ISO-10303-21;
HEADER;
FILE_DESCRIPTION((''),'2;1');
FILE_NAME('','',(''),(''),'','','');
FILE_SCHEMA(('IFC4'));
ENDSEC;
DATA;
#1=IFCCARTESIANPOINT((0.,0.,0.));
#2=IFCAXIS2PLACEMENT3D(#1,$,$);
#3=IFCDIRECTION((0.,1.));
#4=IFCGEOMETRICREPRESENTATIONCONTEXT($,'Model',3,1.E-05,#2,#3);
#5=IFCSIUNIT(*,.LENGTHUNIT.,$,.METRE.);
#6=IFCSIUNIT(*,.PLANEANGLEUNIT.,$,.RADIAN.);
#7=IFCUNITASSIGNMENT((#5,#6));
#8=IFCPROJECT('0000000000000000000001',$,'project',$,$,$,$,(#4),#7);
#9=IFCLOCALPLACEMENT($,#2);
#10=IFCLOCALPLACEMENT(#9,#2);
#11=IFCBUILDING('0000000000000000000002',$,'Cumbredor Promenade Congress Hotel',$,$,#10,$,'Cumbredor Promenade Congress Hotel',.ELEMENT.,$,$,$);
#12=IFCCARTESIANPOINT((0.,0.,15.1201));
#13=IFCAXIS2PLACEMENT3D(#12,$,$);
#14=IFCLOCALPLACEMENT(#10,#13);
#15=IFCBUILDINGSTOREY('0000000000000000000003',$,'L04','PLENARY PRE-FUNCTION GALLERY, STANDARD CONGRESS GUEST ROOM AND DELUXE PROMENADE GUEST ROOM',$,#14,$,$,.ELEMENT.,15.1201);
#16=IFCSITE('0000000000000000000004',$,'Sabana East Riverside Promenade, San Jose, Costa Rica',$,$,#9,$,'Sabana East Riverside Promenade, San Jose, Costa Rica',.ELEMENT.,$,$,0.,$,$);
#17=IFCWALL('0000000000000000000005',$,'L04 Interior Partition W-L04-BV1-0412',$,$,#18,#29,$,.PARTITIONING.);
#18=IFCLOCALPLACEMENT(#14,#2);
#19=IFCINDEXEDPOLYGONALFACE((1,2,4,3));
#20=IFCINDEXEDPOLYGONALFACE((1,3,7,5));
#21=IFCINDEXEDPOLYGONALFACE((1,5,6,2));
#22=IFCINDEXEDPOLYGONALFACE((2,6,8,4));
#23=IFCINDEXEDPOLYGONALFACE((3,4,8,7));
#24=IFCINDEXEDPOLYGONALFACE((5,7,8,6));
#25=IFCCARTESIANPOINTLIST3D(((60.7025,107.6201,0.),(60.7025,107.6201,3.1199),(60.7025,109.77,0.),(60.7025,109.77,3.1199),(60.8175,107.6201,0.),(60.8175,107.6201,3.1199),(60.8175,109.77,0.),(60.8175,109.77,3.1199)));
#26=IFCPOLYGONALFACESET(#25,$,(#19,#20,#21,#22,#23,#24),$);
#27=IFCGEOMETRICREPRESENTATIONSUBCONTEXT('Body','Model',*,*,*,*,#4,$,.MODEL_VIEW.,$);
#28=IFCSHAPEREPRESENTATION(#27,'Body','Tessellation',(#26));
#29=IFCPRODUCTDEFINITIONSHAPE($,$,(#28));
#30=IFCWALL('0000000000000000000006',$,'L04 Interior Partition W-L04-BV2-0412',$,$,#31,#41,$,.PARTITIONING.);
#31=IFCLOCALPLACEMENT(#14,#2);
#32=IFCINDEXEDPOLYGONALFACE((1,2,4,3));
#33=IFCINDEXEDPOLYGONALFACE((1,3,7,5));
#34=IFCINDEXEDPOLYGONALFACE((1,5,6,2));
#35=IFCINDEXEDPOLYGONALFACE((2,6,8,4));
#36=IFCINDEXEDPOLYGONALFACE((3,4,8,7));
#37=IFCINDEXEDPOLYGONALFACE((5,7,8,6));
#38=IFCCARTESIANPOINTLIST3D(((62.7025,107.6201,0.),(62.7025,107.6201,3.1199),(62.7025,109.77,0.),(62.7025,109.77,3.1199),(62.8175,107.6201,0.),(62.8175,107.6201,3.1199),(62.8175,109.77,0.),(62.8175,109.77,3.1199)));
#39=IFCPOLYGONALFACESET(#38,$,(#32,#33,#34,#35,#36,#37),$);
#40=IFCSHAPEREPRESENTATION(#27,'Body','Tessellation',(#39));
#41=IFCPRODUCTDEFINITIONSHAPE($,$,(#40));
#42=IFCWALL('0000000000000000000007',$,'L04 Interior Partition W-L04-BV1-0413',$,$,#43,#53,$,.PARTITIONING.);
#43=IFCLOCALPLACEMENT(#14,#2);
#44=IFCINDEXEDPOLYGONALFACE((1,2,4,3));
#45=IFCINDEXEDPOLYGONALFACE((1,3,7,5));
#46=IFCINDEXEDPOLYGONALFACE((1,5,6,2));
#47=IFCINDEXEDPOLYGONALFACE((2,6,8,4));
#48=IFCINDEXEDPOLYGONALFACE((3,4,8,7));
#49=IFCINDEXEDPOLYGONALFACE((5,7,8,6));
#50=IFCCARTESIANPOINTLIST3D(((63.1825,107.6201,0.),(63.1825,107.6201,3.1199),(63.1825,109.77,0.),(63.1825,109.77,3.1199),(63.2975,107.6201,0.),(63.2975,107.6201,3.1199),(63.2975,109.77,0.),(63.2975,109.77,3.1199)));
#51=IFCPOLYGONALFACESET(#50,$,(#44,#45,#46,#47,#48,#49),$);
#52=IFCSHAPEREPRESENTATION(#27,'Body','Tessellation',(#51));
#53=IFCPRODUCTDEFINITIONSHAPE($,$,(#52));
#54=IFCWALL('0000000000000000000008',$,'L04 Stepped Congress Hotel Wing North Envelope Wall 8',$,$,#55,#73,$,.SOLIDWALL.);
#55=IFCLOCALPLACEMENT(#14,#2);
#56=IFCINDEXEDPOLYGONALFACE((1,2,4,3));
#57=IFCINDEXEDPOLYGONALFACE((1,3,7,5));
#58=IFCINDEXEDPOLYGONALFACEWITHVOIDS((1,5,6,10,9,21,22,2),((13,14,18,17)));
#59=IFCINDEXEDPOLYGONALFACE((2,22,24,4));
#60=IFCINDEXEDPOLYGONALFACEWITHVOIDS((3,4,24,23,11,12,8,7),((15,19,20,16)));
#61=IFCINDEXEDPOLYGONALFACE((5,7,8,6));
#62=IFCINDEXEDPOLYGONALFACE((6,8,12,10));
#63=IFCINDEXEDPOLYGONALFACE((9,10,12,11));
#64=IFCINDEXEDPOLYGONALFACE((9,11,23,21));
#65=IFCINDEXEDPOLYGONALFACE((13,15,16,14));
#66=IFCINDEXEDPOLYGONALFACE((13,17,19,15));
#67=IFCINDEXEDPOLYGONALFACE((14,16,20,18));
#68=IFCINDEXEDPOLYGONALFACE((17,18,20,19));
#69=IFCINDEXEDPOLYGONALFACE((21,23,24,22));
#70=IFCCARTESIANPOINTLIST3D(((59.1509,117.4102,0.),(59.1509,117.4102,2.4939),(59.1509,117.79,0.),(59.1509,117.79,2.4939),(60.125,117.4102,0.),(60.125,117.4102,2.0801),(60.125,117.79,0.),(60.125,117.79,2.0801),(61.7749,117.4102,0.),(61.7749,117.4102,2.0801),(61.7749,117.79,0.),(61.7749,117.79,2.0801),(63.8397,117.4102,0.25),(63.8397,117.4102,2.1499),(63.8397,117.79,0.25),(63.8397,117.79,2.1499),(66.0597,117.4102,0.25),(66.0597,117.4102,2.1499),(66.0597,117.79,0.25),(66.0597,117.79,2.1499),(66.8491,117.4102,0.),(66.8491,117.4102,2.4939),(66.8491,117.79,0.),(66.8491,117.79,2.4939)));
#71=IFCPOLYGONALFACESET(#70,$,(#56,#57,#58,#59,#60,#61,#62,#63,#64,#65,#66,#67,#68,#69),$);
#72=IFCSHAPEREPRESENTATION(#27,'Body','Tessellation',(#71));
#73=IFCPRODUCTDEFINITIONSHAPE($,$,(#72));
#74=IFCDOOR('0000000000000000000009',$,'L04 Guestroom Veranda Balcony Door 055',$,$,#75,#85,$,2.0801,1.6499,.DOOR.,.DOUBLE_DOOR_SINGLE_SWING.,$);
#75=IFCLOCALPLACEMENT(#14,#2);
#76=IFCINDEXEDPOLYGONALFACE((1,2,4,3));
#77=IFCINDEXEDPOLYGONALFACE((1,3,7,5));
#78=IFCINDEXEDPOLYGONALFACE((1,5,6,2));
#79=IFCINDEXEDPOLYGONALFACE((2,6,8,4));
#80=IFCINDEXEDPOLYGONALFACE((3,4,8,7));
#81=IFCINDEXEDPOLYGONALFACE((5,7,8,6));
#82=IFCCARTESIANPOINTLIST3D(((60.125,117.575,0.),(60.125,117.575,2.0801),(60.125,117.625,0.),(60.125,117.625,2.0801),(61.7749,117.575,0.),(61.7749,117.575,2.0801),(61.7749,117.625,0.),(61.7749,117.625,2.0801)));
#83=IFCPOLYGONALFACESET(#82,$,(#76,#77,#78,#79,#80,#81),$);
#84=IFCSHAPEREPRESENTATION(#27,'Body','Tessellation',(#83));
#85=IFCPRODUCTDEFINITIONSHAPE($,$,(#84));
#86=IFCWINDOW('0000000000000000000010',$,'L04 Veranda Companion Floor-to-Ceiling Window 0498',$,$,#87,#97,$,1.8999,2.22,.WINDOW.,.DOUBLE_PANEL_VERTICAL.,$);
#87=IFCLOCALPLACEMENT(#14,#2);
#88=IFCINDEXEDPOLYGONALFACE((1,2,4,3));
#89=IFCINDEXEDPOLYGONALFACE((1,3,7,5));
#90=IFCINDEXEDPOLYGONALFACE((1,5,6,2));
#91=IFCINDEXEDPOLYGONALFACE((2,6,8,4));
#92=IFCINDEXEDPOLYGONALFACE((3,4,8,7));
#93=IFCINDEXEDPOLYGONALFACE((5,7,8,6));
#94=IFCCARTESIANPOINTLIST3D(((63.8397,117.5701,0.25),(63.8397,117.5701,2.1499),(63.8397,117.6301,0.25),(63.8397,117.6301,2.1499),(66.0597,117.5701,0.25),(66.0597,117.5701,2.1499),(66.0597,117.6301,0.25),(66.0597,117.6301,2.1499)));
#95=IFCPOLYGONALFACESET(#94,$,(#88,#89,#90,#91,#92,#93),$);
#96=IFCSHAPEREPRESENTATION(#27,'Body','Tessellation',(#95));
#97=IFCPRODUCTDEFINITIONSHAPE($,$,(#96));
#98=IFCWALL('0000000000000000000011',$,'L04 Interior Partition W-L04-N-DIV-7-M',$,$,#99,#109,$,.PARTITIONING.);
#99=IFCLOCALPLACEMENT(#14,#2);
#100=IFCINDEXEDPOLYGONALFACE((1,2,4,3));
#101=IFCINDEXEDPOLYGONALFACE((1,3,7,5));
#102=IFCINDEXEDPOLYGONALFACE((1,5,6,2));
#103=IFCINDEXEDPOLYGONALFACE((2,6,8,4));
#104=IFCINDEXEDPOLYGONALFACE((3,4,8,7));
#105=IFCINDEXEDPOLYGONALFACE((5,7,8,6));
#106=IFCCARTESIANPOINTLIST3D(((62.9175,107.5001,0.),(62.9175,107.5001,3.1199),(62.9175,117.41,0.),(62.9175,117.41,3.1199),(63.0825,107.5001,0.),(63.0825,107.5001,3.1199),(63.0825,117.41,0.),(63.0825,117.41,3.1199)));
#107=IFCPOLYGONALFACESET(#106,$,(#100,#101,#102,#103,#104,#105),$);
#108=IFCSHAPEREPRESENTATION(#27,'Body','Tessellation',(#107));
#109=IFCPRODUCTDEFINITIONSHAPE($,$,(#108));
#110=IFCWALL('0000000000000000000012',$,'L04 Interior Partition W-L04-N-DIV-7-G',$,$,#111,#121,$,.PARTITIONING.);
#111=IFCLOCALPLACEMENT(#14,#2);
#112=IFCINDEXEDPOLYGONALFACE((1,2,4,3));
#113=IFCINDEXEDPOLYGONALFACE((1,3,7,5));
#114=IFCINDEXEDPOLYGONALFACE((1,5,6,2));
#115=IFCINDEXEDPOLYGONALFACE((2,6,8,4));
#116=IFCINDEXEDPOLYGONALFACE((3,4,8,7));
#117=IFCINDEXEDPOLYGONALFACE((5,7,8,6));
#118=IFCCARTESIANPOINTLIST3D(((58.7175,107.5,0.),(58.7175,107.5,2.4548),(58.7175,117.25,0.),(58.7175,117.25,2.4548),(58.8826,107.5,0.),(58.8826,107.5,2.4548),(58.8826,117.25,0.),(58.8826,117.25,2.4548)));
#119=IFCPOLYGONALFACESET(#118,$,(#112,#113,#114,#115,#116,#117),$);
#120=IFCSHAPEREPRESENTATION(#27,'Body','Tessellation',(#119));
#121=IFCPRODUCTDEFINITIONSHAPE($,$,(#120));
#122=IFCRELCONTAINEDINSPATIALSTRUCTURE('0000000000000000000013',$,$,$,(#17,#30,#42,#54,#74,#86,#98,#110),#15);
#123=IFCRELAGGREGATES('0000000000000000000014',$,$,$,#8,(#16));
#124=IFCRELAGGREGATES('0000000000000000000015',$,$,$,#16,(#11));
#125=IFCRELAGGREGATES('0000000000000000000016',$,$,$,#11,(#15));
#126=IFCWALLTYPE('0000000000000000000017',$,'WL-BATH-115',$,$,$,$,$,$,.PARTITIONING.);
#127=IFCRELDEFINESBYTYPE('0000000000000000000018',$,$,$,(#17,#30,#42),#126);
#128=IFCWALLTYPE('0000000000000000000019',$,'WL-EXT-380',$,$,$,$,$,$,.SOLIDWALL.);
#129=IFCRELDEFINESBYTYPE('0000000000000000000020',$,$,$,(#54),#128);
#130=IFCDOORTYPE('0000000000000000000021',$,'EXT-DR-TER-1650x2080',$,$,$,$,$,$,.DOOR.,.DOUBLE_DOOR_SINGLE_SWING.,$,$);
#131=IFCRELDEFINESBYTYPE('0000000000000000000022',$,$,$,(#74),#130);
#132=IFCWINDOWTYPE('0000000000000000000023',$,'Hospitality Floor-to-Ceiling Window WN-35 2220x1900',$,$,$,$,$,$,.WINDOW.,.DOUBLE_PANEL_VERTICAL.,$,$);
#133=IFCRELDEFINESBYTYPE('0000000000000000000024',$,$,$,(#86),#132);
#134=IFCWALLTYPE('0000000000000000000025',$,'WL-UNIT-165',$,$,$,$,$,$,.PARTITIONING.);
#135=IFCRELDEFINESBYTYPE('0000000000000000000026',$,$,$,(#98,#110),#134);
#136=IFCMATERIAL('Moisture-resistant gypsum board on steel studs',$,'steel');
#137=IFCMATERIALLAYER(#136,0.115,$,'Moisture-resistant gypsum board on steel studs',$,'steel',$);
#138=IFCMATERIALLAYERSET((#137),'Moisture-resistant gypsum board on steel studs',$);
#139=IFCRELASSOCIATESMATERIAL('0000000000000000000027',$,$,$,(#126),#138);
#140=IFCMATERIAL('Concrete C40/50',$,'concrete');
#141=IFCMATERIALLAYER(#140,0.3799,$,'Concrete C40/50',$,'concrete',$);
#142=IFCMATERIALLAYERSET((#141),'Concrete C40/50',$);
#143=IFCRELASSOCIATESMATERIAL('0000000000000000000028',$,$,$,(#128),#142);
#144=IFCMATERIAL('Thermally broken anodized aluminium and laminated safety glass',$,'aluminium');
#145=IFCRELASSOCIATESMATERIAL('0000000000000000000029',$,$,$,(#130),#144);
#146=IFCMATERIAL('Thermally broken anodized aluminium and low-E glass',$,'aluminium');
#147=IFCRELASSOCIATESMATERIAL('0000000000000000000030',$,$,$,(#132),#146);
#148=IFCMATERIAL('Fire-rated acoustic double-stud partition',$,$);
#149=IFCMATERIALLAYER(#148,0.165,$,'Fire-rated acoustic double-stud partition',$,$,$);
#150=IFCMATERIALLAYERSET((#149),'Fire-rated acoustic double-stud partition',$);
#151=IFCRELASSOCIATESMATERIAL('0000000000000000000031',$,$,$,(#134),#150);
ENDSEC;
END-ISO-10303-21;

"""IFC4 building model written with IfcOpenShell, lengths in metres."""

from ifc_helpers import new_model, si_unit, direction, frame, frame_2d, origin, place, context, subcontext, project, spatial, rectangle, extrude, material, layer, layer_set, type_object, element, fill, save


model = new_model("IFC4")

# Units and contexts
model_context = context("Model", 3, precision=1e-05, world=origin(), true_north=direction((0.0, 1.0)))
body_context = subcontext(model_context, "Body", "Model", "MODEL_VIEW")
ifc_project = project(units=[si_unit("LENGTHUNIT", "METRE"), si_unit("PLANEANGLEUNIT", "RADIAN")], contexts=[model_context])

# Site, building, storey
site_placement = place(None, origin())
site = spatial("IfcSite", under=ifc_project, at=site_placement, Name="Sabana East Riverside Promenade, San Jose, Costa Rica", LongName="Sabana East Riverside Promenade, San Jose, Costa Rica", CompositionType="ELEMENT", RefElevation=0.0)
building_placement = place(site_placement, origin())
building = spatial("IfcBuilding", under=site, at=building_placement, Name="Cumbredor Promenade Congress Hotel", LongName="Cumbredor Promenade Congress Hotel", CompositionType="ELEMENT")
storey_placement = place(building_placement, frame((0.0, 0.0, 15.1201)))
storey = spatial("IfcBuildingStorey", under=building, at=storey_placement, Name="L04", Description="PLENARY PRE-FUNCTION GALLERY, STANDARD CONGRESS GUEST ROOM AND DELUXE PROMENADE GUEST ROOM", CompositionType="ELEMENT", Elevation=15.1201)

# Shared definitions
ifc_material_1 = material(Name="Concrete C40/50", Category="concrete")

# Shared definitions
ifc_material_2 = material(Name="Thermally broken anodized aluminium and low-E glass", Category="aluminium")

# Shared definitions
ifc_material_3 = material(Name="Moisture-resistant gypsum board on steel studs", Category="steel")
ifc_layer_1 = layer(ifc_material_3, 0.115, Name="Moisture-resistant gypsum board on steel studs", Category="steel")
ifc_layer_set_1 = layer_set([ifc_layer_1], Name="Moisture-resistant gypsum board on steel studs")
wall_type_1 = type_object("IfcWallType", Name="WL-BATH-115", PredefinedType="PARTITIONING", material=ifc_layer_set_1)

# Walls
for number, where, z_axis, x_axis, name in (
    (1, (60.76, 107.6201, 0.0), (0.0, 0.0, 1.0), (0.0, 1.0, 0.0), "L04 Interior Partition W-L04-BV1-0412"),
    (2, (62.76, 107.6201, 0.0), (0.0, 0.0, 1.0), (0.0, 1.0, 0.0), "L04 Interior Partition W-L04-BV2-0412"),
    (3, (63.24, 107.6201, 0.0), (0.0, 0.0, 1.0), (0.0, 1.0, 0.0), "L04 Interior Partition W-L04-BV1-0413"),
):
    element("IfcWall", number, at=place(storey_placement, frame(where, z_axis=z_axis, x_axis=x_axis)), inside=storey, type_object=wall_type_1, Name=name, PredefinedType="PARTITIONING", context=body_context, shape_type="SweptSolid", body=[
        extrude(rectangle(XDim=2.1499, YDim=0.115, at=frame_2d((1.075, 0.0))), origin(), (0.0, 0.0, 1.0), 3.1199),
    ])

# Wall, openings, door, window
ifc_layer_2 = layer(ifc_material_1, 0.3799, Name="Concrete C40/50", Category="concrete")
ifc_layer_set_2 = layer_set([ifc_layer_2], Name="Concrete C40/50")
wall_type_2 = type_object("IfcWallType", Name="WL-EXT-380", PredefinedType="SOLIDWALL", material=ifc_layer_set_2)
wall_1_placement = place(storey_placement, frame((59.1509, 117.6001, 0.0), z_axis=(0.0, 0.0, 1.0), x_axis=(1.0, 0.0, 0.0)))
wall_1 = element("IfcWall", 4, at=wall_1_placement, inside=storey, type_object=wall_type_2, Name="L04 Stepped Congress Hotel Wing North Envelope Wall 8", PredefinedType="SOLIDWALL", context=body_context, shape_type="SweptSolid", body=[
    extrude(rectangle(XDim=7.6982, YDim=0.3799, at=frame_2d((3.8491, 0.0))), origin(), (0.0, 0.0, 1.0), 2.4939),
])
opening_1_placement = place(wall_1_placement, frame((0.9741, 0.0, 0.0)))
opening_1 = element("IfcOpeningElement", 5, at=opening_1_placement, cuts=wall_1, PredefinedType="OPENING", context=body_context, shape_type="SweptSolid", body=[
    extrude(rectangle(XDim=1.6499, YDim=2.0801, at=frame_2d((0.825, 1.04))), frame((0.0, 0.2, 0.0), z_axis=(0.0, -1.0, 0.0), x_axis=(1.0, 0.0, 0.0)), (0.0, 0.0, 1.0), 0.3999),
])
opening_2_placement = place(wall_1_placement, frame((4.689, 0.0, 0.25)))
opening_2 = element("IfcOpeningElement", 6, at=opening_2_placement, cuts=wall_1, PredefinedType="OPENING", context=body_context, shape_type="SweptSolid", body=[
    extrude(rectangle(XDim=2.22, YDim=1.8999, at=frame_2d((1.1099, 0.95))), frame((0.0, 0.2, 0.0), z_axis=(0.0, -1.0, 0.0), x_axis=(1.0, 0.0, 0.0)), (0.0, 0.0, 1.0), 0.3999),
])
ifc_material_4 = material(Name="Thermally broken anodized aluminium and laminated safety glass", Category="aluminium")
door_type_1 = type_object("IfcDoorType", Name="EXT-DR-TER-1650x2080", OperationType="DOUBLE_DOOR_SINGLE_SWING", PredefinedType="DOOR", material=ifc_material_4)
door_1_placement = place(opening_1_placement, origin())
door_1 = element("IfcDoor", 7, at=door_1_placement, inside=storey, type_object=door_type_1, Name="L04 Guestroom Veranda Balcony Door 055", OperationType="DOUBLE_DOOR_SINGLE_SWING", OverallHeight=2.0801, OverallWidth=1.6499, PredefinedType="DOOR", context=body_context, shape_type="SweptSolid", body=[
    extrude(rectangle(XDim=1.6499, YDim=2.0801, at=frame_2d((0.825, 1.04))), frame((0.0, 0.0249, 0.0), z_axis=(0.0, -1.0, 0.0), x_axis=(1.0, 0.0, 0.0)), (0.0, 0.0, 1.0), 0.05),
])
fill(opening_1, door_1)
window_type = type_object("IfcWindowType", Name="Hospitality Floor-to-Ceiling Window WN-35 2220x1900", PartitioningType="DOUBLE_PANEL_VERTICAL", PredefinedType="WINDOW", material=ifc_material_2)
window_placement = place(opening_2_placement, origin())
window = element("IfcWindow", 8, at=window_placement, inside=storey, type_object=window_type, Name="L04 Veranda Companion Floor-to-Ceiling Window 0498", OverallHeight=1.8999, OverallWidth=2.22, PartitioningType="DOUBLE_PANEL_VERTICAL", PredefinedType="WINDOW", context=body_context, shape_type="SweptSolid", body=[
    extrude(rectangle(XDim=2.22, YDim=1.8999, at=frame_2d((1.1099, 0.95))), frame((0.0, 0.03, 0.0), z_axis=(0.0, -1.0, 0.0), x_axis=(1.0, 0.0, 0.0)), (0.0, 0.0, 1.0), 0.0601),
])
fill(opening_2, window)

# Walls
ifc_material_5 = material(Name="Fire-rated acoustic double-stud partition")
ifc_layer_3 = layer(ifc_material_5, 0.165, Name="Fire-rated acoustic double-stud partition")
ifc_layer_set_3 = layer_set([ifc_layer_3], Name="Fire-rated acoustic double-stud partition")
wall_type_3 = type_object("IfcWallType", Name="WL-UNIT-165", PredefinedType="PARTITIONING", material=ifc_layer_set_3)
wall_2_placement = place(storey_placement, frame((63.0, 107.5, 0.0), z_axis=(0.0, 0.0, 1.0), x_axis=(0.0, 1.0, 0.0)))
element("IfcWall", 9, at=wall_2_placement, inside=storey, type_object=wall_type_3, Name="L04 Interior Partition W-L04-N-DIV-7-M", PredefinedType="PARTITIONING", context=body_context, shape_type="SweptSolid", body=[
    extrude(rectangle(XDim=9.9099, YDim=0.165, at=frame_2d((4.9551, 0.0))), origin(), (0.0, 0.0, 1.0), 3.1199),
])
wall_3_placement = place(storey_placement, frame((58.8, 107.5, 0.0), z_axis=(0.0, 0.0, 1.0), x_axis=(0.0, 1.0, 0.0)))
element("IfcWall", 10, at=wall_3_placement, inside=storey, type_object=wall_type_3, Name="L04 Interior Partition W-L04-N-DIV-7-G", PredefinedType="PARTITIONING", context=body_context, shape_type="SweptSolid", body=[
    extrude(rectangle(XDim=9.75, YDim=0.165, at=frame_2d((4.875, 0.0))), origin(), (0.0, 0.0, 1.0), 2.4548),
])

save(model, "model.ifc")
